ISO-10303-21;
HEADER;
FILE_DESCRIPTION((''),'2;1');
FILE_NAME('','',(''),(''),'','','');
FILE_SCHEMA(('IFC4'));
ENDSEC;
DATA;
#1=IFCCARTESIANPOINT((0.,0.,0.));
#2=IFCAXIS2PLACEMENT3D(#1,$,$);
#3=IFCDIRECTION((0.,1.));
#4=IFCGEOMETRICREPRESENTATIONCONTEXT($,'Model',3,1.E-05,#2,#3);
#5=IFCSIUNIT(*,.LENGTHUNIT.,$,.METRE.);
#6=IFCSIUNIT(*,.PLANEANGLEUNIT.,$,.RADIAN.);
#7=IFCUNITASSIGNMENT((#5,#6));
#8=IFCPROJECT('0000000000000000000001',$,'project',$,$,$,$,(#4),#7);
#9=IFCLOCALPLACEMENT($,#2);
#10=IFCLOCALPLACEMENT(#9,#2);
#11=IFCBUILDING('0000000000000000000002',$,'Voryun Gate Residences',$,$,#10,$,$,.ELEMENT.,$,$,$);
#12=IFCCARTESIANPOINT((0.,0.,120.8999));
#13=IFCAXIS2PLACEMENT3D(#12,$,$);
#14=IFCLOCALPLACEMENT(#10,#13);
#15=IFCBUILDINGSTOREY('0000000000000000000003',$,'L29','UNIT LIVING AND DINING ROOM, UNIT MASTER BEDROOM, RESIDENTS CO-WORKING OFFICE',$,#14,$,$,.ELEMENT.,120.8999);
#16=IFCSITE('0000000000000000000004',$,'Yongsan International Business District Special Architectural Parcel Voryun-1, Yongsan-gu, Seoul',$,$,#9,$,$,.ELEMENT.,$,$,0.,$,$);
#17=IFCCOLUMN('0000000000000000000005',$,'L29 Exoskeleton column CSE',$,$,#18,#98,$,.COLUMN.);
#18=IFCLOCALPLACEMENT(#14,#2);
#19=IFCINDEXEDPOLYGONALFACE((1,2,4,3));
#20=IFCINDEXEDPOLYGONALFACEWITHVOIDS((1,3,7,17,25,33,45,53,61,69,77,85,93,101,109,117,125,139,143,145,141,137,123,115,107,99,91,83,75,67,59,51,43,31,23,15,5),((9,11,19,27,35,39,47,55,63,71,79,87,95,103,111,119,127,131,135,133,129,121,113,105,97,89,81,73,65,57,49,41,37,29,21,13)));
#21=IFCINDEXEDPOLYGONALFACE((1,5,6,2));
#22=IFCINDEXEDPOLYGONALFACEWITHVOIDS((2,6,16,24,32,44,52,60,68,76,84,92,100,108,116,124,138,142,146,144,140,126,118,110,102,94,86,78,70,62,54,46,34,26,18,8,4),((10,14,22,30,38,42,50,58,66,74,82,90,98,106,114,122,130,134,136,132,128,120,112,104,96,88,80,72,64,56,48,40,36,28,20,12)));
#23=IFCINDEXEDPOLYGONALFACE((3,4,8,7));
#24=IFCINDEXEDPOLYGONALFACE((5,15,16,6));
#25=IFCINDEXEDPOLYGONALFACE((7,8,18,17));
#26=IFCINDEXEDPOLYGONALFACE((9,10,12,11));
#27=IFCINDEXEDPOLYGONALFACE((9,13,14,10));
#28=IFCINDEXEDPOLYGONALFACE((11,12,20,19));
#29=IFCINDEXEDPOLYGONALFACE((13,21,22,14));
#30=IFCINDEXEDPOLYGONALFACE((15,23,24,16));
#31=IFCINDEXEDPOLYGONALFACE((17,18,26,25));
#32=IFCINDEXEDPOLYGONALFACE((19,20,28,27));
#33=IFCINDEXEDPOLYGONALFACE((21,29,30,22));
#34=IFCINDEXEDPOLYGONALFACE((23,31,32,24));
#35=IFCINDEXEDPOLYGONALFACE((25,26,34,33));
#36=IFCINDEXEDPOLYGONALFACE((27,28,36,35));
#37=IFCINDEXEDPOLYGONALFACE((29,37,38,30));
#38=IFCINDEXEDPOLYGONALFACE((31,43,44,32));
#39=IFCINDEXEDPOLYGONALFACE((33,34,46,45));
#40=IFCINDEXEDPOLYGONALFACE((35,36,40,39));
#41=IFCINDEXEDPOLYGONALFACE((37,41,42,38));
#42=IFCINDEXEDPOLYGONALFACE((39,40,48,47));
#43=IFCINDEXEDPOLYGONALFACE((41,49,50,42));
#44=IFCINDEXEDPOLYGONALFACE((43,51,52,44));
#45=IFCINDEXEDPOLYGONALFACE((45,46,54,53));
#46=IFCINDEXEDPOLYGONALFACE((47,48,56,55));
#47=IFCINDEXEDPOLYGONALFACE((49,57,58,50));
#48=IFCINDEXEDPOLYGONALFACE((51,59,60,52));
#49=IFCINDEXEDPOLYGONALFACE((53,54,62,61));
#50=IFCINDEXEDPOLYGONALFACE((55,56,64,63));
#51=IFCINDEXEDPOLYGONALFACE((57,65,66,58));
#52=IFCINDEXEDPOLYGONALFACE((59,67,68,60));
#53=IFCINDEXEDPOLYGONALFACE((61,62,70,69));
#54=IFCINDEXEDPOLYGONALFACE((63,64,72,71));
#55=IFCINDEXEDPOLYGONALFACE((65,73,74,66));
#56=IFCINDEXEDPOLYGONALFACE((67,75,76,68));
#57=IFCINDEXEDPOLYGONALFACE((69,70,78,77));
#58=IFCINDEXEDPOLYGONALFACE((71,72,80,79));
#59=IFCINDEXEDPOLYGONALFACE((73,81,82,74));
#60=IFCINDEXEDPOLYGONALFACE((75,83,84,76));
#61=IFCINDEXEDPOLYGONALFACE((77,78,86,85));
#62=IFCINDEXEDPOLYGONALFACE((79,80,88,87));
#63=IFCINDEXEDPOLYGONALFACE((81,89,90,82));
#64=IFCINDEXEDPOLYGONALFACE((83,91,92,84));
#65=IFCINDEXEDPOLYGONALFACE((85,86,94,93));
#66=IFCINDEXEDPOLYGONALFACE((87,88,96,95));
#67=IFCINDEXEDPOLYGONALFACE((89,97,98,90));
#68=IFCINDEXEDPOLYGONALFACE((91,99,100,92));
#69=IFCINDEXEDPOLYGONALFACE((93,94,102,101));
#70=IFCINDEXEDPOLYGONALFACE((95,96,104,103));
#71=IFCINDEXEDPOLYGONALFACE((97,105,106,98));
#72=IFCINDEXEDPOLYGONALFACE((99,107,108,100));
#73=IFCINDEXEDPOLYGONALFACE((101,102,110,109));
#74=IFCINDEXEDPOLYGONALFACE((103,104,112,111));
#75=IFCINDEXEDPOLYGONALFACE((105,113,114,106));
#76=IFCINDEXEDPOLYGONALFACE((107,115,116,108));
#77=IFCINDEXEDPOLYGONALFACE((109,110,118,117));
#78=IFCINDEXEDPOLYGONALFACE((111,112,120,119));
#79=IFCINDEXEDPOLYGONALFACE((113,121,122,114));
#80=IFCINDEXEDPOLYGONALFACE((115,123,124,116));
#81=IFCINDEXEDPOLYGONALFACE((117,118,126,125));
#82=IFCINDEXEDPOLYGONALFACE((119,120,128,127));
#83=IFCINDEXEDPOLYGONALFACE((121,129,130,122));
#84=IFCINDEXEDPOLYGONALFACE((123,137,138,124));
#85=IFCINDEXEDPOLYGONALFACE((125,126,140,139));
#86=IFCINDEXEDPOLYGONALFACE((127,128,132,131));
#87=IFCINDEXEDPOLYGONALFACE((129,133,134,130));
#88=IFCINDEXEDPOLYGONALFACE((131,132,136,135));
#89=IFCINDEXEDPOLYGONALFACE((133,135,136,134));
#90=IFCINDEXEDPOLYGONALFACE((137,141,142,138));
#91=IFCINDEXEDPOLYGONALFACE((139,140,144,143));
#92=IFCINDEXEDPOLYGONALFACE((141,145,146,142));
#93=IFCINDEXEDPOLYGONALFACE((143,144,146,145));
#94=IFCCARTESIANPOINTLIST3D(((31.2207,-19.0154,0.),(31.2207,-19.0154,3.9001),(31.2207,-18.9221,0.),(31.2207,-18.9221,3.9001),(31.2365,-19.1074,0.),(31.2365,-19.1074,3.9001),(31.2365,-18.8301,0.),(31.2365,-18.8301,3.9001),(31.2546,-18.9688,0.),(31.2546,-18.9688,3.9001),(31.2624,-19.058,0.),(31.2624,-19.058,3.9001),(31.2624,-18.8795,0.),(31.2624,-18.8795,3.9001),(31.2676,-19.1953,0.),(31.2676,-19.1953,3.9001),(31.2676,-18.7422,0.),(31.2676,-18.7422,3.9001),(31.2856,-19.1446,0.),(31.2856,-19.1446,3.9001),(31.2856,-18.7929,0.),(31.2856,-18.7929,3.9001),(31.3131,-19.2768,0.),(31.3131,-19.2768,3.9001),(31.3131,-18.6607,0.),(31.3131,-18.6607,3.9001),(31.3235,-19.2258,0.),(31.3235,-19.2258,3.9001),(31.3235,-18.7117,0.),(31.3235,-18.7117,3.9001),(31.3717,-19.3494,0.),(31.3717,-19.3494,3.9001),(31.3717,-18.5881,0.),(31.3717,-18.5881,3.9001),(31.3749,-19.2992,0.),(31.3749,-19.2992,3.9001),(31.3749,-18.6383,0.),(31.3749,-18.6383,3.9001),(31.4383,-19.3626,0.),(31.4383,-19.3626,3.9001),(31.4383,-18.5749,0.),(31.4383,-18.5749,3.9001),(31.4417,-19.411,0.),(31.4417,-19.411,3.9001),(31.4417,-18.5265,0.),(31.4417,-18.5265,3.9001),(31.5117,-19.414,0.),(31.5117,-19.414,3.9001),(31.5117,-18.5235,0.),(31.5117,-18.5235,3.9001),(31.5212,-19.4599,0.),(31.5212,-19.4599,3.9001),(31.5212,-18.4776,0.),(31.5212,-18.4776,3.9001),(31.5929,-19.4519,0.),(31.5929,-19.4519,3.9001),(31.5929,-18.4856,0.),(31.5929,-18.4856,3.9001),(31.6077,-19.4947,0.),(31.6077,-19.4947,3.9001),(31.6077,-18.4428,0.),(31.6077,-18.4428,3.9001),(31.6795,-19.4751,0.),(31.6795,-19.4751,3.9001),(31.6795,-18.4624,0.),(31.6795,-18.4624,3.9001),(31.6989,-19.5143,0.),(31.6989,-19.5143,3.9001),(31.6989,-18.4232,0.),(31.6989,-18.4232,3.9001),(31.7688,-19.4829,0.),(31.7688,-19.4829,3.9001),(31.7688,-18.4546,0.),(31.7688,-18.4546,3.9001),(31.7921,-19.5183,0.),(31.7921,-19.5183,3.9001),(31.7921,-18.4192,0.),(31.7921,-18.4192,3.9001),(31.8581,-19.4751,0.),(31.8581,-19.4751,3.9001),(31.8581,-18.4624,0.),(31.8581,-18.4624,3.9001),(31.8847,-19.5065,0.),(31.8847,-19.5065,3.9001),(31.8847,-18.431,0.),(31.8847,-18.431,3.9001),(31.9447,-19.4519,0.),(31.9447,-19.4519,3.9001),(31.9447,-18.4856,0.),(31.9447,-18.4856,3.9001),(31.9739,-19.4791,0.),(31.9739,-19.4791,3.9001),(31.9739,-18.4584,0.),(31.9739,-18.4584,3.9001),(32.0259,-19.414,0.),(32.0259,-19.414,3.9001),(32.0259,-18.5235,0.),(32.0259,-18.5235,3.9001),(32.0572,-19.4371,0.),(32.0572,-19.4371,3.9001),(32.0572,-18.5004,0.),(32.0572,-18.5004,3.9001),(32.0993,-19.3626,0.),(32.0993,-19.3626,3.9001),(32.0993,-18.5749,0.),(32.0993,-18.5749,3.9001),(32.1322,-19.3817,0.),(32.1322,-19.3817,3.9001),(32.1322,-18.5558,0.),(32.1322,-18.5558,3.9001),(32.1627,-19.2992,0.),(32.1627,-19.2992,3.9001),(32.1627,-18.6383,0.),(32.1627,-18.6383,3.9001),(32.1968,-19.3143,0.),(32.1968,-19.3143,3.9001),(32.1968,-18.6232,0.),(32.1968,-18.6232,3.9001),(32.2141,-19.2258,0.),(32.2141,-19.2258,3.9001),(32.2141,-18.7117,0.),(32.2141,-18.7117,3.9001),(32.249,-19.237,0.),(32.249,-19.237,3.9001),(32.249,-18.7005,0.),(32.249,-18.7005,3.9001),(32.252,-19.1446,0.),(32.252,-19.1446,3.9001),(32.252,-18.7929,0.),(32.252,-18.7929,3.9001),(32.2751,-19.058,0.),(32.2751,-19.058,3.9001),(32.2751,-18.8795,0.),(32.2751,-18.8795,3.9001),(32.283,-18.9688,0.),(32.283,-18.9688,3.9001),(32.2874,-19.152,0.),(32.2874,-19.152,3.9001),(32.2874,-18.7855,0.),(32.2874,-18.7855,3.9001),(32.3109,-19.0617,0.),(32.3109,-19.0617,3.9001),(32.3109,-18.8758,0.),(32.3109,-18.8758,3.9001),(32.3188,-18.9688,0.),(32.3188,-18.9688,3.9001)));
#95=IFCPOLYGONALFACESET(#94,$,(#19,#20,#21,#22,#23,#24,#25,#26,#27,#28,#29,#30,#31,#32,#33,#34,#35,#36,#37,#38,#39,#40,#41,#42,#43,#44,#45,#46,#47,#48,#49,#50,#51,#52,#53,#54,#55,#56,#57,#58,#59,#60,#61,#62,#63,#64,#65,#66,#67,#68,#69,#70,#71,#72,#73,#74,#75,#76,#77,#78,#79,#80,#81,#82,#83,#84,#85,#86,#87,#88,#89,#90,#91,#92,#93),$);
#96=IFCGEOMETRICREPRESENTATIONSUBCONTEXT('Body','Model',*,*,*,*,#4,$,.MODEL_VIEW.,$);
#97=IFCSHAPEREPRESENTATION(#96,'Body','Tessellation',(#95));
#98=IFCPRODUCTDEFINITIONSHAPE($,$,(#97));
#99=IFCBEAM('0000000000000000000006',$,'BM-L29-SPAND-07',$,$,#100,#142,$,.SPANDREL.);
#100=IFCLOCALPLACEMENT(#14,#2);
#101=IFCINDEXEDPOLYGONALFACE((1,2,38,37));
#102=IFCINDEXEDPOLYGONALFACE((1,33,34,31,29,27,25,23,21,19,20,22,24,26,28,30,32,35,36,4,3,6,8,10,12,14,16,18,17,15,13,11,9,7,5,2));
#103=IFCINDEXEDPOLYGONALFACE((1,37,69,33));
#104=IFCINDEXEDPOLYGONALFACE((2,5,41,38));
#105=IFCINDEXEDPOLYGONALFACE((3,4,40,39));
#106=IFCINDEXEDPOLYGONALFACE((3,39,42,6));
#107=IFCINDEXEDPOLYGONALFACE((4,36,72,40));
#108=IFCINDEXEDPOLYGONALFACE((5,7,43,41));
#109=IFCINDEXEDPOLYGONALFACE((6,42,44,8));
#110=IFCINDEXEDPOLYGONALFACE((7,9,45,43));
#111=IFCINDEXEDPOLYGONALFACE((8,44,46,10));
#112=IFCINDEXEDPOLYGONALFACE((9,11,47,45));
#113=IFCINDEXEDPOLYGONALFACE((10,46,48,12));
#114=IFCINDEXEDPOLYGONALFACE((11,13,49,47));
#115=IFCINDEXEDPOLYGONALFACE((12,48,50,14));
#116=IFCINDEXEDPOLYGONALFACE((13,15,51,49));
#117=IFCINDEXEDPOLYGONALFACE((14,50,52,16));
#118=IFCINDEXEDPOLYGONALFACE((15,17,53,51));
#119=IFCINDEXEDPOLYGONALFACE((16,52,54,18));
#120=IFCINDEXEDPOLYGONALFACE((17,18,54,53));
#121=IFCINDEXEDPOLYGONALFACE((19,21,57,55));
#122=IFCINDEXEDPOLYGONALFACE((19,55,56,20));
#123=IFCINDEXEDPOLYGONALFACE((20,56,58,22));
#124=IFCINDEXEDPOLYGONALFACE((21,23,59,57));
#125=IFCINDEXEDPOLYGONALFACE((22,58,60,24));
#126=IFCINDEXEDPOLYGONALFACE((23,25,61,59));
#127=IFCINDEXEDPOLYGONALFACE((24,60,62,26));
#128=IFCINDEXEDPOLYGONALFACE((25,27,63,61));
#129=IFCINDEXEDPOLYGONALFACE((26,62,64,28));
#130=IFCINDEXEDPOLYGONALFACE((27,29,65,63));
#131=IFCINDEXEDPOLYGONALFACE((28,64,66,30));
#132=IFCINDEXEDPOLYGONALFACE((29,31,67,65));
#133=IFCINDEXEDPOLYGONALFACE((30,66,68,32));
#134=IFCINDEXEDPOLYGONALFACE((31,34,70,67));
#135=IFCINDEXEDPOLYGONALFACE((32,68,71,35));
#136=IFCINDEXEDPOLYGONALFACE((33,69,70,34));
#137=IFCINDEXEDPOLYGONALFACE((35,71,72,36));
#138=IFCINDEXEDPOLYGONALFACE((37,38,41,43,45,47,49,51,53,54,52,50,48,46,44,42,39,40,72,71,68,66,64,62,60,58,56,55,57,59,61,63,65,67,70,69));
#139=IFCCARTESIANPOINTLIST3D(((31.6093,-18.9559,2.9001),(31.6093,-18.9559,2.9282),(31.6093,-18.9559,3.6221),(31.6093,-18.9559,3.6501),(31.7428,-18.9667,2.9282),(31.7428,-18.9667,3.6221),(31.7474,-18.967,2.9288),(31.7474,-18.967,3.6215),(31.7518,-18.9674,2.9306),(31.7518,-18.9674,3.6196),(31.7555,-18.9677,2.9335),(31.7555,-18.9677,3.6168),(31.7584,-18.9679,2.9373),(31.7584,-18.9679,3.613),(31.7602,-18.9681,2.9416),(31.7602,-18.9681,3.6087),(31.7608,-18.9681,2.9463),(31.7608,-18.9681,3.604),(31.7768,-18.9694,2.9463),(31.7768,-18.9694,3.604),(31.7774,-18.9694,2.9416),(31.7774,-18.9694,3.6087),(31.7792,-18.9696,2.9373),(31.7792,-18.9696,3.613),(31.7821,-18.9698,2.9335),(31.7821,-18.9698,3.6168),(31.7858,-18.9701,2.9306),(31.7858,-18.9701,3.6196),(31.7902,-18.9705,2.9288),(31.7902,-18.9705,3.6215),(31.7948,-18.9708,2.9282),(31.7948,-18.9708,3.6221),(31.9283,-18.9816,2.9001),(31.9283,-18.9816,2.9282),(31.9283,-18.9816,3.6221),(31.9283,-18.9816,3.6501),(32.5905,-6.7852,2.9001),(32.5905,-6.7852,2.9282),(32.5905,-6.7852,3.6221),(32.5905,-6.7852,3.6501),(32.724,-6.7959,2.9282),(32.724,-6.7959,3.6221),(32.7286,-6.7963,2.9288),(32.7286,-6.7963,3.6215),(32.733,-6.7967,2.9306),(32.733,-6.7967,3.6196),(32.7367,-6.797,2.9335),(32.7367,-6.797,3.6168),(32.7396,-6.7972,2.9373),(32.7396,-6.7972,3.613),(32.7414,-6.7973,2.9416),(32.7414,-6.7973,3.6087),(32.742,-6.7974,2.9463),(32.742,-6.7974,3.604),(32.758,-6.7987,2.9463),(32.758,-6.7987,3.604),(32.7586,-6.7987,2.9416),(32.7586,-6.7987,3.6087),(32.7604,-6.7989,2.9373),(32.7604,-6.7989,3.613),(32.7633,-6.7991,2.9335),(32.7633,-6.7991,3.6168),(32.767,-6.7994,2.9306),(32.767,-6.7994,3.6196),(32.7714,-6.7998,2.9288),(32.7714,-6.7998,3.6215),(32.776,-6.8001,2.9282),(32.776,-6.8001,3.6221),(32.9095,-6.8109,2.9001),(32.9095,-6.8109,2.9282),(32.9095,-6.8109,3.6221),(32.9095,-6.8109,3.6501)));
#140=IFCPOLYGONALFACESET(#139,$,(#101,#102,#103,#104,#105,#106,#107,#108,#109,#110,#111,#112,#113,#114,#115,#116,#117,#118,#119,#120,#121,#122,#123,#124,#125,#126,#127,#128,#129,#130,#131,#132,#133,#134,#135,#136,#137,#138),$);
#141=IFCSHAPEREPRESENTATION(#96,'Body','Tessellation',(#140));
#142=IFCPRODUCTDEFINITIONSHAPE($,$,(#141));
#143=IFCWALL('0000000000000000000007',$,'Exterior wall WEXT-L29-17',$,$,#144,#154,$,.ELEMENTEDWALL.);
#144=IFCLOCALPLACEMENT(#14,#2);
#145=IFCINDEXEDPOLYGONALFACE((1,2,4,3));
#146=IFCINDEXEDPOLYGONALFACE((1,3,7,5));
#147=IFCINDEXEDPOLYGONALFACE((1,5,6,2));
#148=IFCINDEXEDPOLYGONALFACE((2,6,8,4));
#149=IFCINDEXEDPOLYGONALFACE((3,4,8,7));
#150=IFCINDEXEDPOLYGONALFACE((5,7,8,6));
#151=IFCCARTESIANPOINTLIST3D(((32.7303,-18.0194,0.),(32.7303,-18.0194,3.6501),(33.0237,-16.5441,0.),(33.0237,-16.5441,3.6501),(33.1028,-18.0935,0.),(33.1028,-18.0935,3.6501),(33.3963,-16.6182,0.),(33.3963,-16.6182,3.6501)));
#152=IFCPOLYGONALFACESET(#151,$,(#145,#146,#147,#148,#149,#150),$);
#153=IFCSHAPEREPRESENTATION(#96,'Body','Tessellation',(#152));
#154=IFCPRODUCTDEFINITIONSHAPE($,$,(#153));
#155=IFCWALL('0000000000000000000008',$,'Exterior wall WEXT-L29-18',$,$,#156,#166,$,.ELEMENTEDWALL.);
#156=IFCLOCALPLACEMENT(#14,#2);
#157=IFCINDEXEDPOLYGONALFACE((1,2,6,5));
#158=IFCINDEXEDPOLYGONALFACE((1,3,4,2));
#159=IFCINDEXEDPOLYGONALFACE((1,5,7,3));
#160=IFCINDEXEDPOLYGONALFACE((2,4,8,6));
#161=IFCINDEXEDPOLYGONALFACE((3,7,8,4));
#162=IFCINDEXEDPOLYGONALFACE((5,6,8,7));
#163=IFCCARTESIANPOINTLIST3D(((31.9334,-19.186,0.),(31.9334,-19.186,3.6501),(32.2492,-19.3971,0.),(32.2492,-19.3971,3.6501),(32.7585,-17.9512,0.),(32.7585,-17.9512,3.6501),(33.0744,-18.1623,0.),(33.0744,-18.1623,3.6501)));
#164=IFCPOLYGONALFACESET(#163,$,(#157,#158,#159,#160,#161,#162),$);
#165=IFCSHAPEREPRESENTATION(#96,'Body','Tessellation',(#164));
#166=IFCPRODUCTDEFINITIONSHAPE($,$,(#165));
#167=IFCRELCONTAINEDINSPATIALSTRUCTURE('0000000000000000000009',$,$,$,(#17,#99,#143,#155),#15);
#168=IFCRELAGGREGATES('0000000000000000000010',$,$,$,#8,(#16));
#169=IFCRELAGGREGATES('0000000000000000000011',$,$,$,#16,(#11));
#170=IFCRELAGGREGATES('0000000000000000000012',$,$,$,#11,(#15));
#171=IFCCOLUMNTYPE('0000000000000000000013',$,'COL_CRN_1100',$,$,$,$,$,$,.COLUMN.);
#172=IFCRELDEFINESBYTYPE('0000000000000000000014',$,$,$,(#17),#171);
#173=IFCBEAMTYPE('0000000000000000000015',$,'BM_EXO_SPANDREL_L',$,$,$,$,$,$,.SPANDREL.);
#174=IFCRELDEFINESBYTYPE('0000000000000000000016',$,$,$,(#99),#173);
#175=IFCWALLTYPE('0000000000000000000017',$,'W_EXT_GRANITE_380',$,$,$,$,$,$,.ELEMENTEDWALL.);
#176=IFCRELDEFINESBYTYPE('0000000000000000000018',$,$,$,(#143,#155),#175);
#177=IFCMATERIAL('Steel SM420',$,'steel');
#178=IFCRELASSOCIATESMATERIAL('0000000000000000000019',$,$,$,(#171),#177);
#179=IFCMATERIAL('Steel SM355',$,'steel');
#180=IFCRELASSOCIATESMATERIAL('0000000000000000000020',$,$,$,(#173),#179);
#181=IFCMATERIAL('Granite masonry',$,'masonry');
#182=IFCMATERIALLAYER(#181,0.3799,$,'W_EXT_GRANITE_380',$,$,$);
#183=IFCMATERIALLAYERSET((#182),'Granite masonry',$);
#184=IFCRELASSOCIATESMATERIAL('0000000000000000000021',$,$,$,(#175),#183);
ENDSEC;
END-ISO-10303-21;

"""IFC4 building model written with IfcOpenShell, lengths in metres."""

from ifc_helpers import new_model, si_unit, direction, frame, frame_2d, origin, origin_2d, place, context, subcontext, project, spatial, rectangle, hollow_circle, i_section, extrude, material, layer, layer_set, material_profile, profile_set, type_object, element, save


model = new_model("IFC4")

# Units and contexts
model_context = context("Model", 3, precision=1e-05, world=origin(), true_north=direction((0.0, 1.0)))
body_context = subcontext(model_context, "Body", "Model", "MODEL_VIEW")
ifc_project = project(units=[si_unit("LENGTHUNIT", "METRE"), si_unit("PLANEANGLEUNIT", "RADIAN")], contexts=[model_context])

# Site, building, storey
site_placement = place(None, origin())
site = spatial("IfcSite", under=ifc_project, at=site_placement, Name="Yongsan International Business District Special Architectural Parcel Voryun-1, Yongsan-gu, Seoul", CompositionType="ELEMENT", RefElevation=0.0)
building_placement = place(site_placement, origin())
building = spatial("IfcBuilding", under=site, at=building_placement, Name="Voryun Gate Residences", CompositionType="ELEMENT")
storey_placement = place(building_placement, frame((0.0, 0.0, 120.8999)))
storey = spatial("IfcBuildingStorey", under=building, at=storey_placement, Name="L29", Description="UNIT LIVING AND DINING ROOM, UNIT MASTER BEDROOM, RESIDENTS CO-WORKING OFFICE", CompositionType="ELEMENT", Elevation=120.8999)

# Column
ifc_material_1 = material(Name="Steel SM420", Category="steel")
ifc_material_profile_1 = material_profile(ifc_material_1, hollow_circle(Radius=0.55, WallThickness=0.0359, at=origin_2d()), Name="CHS-1100x36")
ifc_profile_set_1 = profile_set([ifc_material_profile_1], Name="Steel SM420")
column_type = type_object("IfcColumnType", Name="COL_CRN_1100", PredefinedType="COLUMN", material=ifc_profile_set_1)
column_placement = place(storey_placement, frame((31.7688, -18.9688, 0.0), z_axis=(0.0, 0.0, 1.0), x_axis=(1.0, 0.0, 0.0)))
element("IfcColumn", 1, at=column_placement, inside=storey, type_object=column_type, Name="L29 Exoskeleton column CSE", PredefinedType="COLUMN", context=body_context, shape_type="SweptSolid", body=[
    extrude(hollow_circle(Radius=0.55, WallThickness=0.0359, at=origin_2d()), origin(), (0.0, 0.0, 1.0), 3.9001),
])

# Beam
ifc_material_2 = material(Name="Steel SM355", Category="steel")
ifc_material_profile_2 = material_profile(ifc_material_2, i_section(OverallWidth=0.3201, OverallDepth=0.75, WebThickness=0.0161, FlangeThickness=0.0281, FilletRadius=0.0181, at=origin_2d()), Name="H-750x320x16x28")
ifc_profile_set_2 = profile_set([ifc_material_profile_2], Name="Steel SM355")
beam_type = type_object("IfcBeamType", Name="BM_EXO_SPANDREL_L", PredefinedType="SPANDREL", material=ifc_profile_set_2)
beam_placement = place(storey_placement, frame((31.7688, -18.9688, 3.2751), z_axis=(0.08036, 0.996766, 0.0), x_axis=(-0.996766, 0.08036, 0.0)))
element("IfcBeam", 2, at=beam_placement, inside=storey, type_object=beam_type, Name="BM-L29-SPAND-07", PredefinedType="SPANDREL", context=body_context, shape_type="SweptSolid", body=[
    extrude(i_section(OverallWidth=0.3201, OverallDepth=0.75, WebThickness=0.0161, FlangeThickness=0.0281, FilletRadius=0.0181, at=origin_2d()), origin(), (0.0, 0.0, 1.0), 12.2102),
])

# Walls
ifc_material_3 = material(Name="Granite masonry", Category="masonry")
ifc_layer_1 = layer(ifc_material_3, 0.3799, Name="W_EXT_GRANITE_380")
ifc_layer_set_1 = layer_set([ifc_layer_1], Name="Granite masonry")
wall_type_1 = type_object("IfcWallType", Name="W_EXT_GRANITE_380", PredefinedType="ELEMENTEDWALL", material=ifc_layer_set_1)
wall_1_placement = place(storey_placement, frame((33.21, -16.5813, 0.0), z_axis=(0.0, 0.0, 1.0), x_axis=(-0.195086, -0.980786, 0.0)))
element("IfcWall", 3, at=wall_1_placement, inside=storey, type_object=wall_type_1, Name="Exterior wall WEXT-L29-17", PredefinedType="ELEMENTEDWALL", context=body_context, shape_type="SweptSolid", body=[
    extrude(rectangle(XDim=1.5042, YDim=0.3799, at=frame_2d((0.752, 0.0))), origin(), (0.0, 0.0, 1.0), 3.6501),
])
wall_2_placement = place(storey_placement, frame((32.9165, -18.0566, 0.0), z_axis=(0.0, 0.0, 1.0), x_axis=(-0.55561, -0.831443, 0.0)))
element("IfcWall", 4, at=wall_2_placement, inside=storey, type_object=wall_type_1, Name="Exterior wall WEXT-L29-18", PredefinedType="ELEMENTEDWALL", context=body_context, shape_type="SweptSolid", body=[
    extrude(rectangle(XDim=1.4851, YDim=0.3799, at=frame_2d((0.7427, 0.0))), origin(), (0.0, 0.0, 1.0), 3.6501),
])

save(model, "model.ifc")
